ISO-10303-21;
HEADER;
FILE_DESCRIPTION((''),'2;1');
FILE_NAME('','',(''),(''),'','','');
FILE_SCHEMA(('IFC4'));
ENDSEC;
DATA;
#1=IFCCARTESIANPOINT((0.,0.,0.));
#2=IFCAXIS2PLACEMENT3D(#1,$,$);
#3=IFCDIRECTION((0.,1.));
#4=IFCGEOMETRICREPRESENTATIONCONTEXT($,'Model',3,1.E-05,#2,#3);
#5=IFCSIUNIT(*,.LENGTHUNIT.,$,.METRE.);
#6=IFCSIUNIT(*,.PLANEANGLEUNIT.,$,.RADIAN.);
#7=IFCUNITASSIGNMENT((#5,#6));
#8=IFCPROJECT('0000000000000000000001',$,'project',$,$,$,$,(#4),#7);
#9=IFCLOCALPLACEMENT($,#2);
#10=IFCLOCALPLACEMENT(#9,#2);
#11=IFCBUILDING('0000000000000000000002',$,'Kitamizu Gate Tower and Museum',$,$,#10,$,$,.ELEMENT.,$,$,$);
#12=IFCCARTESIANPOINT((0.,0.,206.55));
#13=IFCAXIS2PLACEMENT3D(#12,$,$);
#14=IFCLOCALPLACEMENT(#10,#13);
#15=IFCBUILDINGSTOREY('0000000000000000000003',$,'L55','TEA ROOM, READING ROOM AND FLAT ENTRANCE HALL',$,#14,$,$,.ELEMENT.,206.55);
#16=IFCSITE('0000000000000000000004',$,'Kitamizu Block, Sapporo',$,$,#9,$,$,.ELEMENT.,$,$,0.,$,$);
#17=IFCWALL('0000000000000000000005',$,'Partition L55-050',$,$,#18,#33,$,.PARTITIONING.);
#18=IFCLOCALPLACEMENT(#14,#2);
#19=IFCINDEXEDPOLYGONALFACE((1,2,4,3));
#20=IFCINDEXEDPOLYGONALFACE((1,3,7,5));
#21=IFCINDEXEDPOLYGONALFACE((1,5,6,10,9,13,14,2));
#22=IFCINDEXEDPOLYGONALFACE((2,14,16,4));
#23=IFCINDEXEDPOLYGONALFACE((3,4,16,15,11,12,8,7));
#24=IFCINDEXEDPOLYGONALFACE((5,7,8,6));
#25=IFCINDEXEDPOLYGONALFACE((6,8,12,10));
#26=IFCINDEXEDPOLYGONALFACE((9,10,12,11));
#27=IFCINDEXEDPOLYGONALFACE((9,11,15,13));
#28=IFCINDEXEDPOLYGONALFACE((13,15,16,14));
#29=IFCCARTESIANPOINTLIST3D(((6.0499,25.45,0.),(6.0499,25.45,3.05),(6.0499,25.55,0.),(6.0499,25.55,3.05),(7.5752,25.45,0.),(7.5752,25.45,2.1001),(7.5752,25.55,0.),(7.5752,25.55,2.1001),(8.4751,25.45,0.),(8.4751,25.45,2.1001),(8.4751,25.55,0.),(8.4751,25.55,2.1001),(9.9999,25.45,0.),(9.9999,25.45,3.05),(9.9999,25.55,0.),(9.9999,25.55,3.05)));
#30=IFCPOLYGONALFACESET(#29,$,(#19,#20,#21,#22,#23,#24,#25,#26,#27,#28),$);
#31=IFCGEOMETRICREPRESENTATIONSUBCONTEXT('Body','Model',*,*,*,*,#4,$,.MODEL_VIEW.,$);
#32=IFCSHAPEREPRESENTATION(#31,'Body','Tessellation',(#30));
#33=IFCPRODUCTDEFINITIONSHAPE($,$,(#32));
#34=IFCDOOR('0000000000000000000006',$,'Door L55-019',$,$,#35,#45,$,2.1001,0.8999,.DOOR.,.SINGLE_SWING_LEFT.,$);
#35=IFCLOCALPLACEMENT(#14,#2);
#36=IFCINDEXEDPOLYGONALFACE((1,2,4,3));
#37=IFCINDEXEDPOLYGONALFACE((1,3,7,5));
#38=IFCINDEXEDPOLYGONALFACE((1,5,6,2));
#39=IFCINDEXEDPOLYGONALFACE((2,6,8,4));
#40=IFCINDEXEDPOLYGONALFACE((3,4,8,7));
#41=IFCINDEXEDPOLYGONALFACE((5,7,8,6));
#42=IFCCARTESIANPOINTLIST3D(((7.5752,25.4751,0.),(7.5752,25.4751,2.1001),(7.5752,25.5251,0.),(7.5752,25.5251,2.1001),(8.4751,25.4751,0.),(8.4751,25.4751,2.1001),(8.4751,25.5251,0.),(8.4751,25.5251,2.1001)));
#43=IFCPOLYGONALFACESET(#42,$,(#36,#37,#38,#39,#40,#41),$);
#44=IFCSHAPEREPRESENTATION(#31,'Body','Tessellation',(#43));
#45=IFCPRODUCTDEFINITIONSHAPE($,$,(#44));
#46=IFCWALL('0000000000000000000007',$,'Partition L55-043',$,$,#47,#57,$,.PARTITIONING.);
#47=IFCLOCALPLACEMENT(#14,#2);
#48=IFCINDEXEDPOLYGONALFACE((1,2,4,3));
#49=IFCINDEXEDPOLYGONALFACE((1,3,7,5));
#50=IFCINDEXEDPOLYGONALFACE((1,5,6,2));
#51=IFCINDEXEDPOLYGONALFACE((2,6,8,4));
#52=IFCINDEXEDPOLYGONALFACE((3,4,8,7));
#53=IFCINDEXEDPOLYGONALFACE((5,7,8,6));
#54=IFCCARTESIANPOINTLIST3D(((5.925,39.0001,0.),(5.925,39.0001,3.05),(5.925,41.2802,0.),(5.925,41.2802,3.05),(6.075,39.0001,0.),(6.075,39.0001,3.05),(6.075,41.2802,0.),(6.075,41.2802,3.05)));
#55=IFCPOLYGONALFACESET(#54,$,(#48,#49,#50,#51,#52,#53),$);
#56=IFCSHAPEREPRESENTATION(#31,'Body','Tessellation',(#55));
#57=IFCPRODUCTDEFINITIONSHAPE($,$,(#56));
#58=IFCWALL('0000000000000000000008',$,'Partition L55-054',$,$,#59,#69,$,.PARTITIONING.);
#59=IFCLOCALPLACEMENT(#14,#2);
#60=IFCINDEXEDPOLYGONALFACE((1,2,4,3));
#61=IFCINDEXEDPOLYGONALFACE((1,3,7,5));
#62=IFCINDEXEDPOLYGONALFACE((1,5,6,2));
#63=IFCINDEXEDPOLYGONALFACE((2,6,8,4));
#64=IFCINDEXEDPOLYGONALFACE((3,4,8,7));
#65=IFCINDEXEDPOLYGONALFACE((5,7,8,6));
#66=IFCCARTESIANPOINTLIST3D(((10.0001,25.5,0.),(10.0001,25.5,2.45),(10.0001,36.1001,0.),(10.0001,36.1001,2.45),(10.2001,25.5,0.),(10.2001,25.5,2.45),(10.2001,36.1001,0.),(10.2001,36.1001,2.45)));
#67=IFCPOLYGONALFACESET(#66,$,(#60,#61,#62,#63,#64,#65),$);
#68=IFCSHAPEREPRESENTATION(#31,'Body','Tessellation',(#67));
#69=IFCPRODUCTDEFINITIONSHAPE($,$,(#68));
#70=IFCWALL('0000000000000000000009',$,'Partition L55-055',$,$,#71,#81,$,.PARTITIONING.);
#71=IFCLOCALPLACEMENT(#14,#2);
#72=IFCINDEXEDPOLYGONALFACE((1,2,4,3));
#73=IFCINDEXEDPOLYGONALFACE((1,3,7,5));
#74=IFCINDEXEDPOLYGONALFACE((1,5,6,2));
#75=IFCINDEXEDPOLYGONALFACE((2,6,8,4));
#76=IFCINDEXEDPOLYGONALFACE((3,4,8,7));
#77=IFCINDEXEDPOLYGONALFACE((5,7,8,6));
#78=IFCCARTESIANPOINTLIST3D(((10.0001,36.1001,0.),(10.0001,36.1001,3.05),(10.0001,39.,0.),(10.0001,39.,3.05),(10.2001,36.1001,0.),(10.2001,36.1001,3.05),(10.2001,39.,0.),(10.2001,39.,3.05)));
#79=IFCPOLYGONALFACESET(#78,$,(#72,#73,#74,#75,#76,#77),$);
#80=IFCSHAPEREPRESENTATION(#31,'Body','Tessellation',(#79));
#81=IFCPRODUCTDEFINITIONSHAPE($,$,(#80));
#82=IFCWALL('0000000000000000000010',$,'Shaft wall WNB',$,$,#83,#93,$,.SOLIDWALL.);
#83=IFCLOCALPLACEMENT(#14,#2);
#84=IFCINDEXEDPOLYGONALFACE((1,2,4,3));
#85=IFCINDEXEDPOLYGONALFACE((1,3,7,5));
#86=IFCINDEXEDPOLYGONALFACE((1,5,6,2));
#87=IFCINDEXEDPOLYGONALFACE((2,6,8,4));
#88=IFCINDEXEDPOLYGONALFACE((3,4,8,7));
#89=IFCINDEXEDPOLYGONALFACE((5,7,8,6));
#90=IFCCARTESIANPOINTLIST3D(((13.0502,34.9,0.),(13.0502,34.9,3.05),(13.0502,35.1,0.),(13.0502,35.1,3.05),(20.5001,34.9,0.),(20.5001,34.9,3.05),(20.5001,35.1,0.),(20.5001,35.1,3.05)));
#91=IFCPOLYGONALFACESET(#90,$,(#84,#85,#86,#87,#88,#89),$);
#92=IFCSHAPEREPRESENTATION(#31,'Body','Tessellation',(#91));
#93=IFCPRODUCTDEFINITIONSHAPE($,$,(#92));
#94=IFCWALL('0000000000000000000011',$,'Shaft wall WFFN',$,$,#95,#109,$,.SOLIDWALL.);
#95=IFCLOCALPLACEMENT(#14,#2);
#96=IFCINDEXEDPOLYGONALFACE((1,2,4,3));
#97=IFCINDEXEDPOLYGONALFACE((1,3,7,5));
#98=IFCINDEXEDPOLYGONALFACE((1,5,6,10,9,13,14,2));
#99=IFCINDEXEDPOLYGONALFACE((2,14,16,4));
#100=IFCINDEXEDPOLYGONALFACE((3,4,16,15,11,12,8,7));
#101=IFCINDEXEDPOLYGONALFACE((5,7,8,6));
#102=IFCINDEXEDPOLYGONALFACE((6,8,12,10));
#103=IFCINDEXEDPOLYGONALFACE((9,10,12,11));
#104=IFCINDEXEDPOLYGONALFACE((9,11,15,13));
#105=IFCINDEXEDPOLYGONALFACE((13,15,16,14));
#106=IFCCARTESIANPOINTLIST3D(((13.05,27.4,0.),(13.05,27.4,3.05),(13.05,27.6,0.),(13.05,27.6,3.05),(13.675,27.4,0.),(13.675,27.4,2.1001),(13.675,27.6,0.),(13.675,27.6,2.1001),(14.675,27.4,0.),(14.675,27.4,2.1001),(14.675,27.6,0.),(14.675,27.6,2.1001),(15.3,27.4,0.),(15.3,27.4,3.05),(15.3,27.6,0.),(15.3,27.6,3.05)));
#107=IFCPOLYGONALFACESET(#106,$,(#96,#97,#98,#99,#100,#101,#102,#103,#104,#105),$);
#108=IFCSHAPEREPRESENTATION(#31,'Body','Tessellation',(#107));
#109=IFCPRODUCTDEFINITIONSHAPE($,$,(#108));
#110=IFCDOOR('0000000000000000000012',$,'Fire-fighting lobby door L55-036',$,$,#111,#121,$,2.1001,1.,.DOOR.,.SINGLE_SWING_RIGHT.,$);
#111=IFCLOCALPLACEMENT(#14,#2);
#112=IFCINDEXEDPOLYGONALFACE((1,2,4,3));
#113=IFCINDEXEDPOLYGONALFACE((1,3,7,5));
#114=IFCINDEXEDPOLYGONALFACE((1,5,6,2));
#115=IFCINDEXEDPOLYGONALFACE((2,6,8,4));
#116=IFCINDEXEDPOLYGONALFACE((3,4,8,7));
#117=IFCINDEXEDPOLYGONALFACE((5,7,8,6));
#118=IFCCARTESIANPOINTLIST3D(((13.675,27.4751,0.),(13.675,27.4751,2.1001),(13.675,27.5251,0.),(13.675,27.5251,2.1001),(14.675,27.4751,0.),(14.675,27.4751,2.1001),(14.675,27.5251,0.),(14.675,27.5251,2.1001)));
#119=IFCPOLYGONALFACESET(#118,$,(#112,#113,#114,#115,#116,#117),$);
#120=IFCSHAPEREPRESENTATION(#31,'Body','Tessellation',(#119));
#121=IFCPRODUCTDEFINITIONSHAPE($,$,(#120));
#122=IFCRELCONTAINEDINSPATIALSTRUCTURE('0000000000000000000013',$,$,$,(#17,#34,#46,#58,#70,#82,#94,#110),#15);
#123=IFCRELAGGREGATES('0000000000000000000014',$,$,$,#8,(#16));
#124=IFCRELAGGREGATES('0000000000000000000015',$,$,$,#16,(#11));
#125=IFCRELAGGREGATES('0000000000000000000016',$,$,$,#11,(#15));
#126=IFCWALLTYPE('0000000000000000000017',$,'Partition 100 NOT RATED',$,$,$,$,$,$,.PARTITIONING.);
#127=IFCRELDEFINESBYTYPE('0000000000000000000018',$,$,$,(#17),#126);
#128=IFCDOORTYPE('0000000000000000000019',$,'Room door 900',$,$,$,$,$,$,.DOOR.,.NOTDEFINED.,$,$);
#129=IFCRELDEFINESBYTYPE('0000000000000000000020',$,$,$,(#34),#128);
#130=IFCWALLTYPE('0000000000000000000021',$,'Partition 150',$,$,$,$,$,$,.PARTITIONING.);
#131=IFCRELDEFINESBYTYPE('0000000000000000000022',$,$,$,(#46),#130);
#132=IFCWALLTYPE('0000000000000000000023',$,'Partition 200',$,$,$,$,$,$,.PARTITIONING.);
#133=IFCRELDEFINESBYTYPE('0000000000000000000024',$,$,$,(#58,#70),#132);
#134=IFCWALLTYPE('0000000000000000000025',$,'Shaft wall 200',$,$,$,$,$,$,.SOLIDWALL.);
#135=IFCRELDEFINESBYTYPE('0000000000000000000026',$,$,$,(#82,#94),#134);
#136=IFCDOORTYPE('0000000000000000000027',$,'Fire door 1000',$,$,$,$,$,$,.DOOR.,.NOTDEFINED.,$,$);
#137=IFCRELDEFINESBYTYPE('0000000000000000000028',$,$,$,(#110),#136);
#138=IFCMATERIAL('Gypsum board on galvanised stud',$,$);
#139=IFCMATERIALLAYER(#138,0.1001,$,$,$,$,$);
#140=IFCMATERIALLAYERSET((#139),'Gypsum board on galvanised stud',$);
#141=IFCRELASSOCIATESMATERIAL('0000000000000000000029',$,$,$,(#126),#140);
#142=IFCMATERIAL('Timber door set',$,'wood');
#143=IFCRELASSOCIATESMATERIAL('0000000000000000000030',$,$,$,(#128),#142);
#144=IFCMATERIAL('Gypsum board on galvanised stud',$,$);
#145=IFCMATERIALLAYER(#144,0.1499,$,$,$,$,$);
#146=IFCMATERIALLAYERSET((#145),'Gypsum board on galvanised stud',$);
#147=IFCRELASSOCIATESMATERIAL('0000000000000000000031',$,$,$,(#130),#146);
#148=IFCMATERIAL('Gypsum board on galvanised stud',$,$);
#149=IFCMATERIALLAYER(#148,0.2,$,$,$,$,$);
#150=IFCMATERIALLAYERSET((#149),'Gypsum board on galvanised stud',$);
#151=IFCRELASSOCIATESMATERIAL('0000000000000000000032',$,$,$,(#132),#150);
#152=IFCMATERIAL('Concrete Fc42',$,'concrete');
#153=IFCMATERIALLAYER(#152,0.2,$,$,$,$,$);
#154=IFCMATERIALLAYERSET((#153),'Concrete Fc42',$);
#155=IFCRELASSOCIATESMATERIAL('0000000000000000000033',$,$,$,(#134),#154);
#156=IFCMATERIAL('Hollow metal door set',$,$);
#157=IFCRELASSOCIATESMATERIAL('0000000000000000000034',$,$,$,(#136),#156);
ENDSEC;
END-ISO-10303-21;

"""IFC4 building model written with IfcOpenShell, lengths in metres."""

from ifc_helpers import new_model, si_unit, direction, frame, frame_2d, origin, place, context, subcontext, project, spatial, rectangle, extrude, material, layer, layer_set, type_object, element, fill, save


model = new_model("IFC4")

# Units and contexts
model_context = context("Model", 3, precision=1e-05, world=origin(), true_north=direction((0.0, 1.0)))
body_context = subcontext(model_context, "Body", "Model", "MODEL_VIEW")
ifc_project = project(units=[si_unit("LENGTHUNIT", "METRE"), si_unit("PLANEANGLEUNIT", "RADIAN")], contexts=[model_context])

# Site, building, storey
site_placement = place(None, origin())
site = spatial("IfcSite", under=ifc_project, at=site_placement, Name="Kitamizu Block, Sapporo", CompositionType="ELEMENT", RefElevation=0.0)
building_placement = place(site_placement, origin())
building = spatial("IfcBuilding", under=site, at=building_placement, Name="Kitamizu Gate Tower and Museum", CompositionType="ELEMENT")
storey_placement = place(building_placement, frame((0.0, 0.0, 206.55)))
storey = spatial("IfcBuildingStorey", under=building, at=storey_placement, Name="L55", Description="TEA ROOM, READING ROOM AND FLAT ENTRANCE HALL", CompositionType="ELEMENT", Elevation=206.55)

# Shared definitions
ifc_material_1 = material(Name="Gypsum board on galvanised stud")
ifc_layer_1 = layer(ifc_material_1, 0.1001)
ifc_layer_set_1 = layer_set([ifc_layer_1], Name="Gypsum board on galvanised stud")
wall_type_1 = type_object("IfcWallType", Name="Partition 100 NOT RATED", PredefinedType="PARTITIONING", material=ifc_layer_set_1)
ifc_material_2 = material(Name="Timber door set", Category="wood")
door_type_1 = type_object("IfcDoorType", Name="Room door 900", OperationType="NOTDEFINED", PredefinedType="DOOR", material=ifc_material_2)

# Wall, opening, door
wall_1_placement = place(storey_placement, frame((10.0, 25.5, 0.0), z_axis=(0.0, 0.0, 1.0), x_axis=(-1.0, 0.0, 0.0)))
wall_1 = element("IfcWall", 1, at=wall_1_placement, inside=storey, type_object=wall_type_1, Name="Partition L55-050", PredefinedType="PARTITIONING", context=body_context, shape_type="SweptSolid", body=[
    extrude(rectangle(XDim=3.95, YDim=0.1001, at=frame_2d((1.9751, 0.0))), origin(), (0.0, 0.0, 1.0), 3.05),
])
opening_1_placement = place(wall_1_placement, frame((1.5249, 0.0, 0.0)))
opening_1 = element("IfcOpeningElement", 2, at=opening_1_placement, cuts=wall_1, PredefinedType="OPENING", context=body_context, shape_type="SweptSolid", body=[
    extrude(rectangle(XDim=0.8999, YDim=2.1001, at=frame_2d((0.45, 1.05))), frame((0.0, 0.0601, 0.0), z_axis=(0.0, -1.0, 0.0), x_axis=(1.0, 0.0, 0.0)), (0.0, 0.0, 1.0), 0.1201),
])
door_1_placement = place(opening_1_placement, origin())
door_1 = element("IfcDoor", 3, at=door_1_placement, inside=storey, type_object=door_type_1, Name="Door L55-019", OperationType="SINGLE_SWING_LEFT", OverallHeight=2.1001, OverallWidth=0.8999, PredefinedType="DOOR", context=body_context, shape_type="SweptSolid", body=[
    extrude(rectangle(XDim=0.8999, YDim=2.1001, at=frame_2d((0.45, 1.05))), frame((0.0, 0.0249, 0.0), z_axis=(0.0, -1.0, 0.0), x_axis=(1.0, 0.0, 0.0)), (0.0, 0.0, 1.0), 0.05),
])
fill(opening_1, door_1)

# Walls
ifc_material_3 = material(Name="Gypsum board on galvanised stud")
ifc_layer_2 = layer(ifc_material_3, 0.1499)
ifc_layer_set_2 = layer_set([ifc_layer_2], Name="Gypsum board on galvanised stud")
wall_type_2 = type_object("IfcWallType", Name="Partition 150", PredefinedType="PARTITIONING", material=ifc_layer_set_2)
wall_2_placement = place(storey_placement, frame((6.0, 39.0, 0.0), z_axis=(0.0, 0.0, 1.0), x_axis=(0.0, 1.0, 0.0)))
element("IfcWall", 4, at=wall_2_placement, inside=storey, type_object=wall_type_2, Name="Partition L55-043", PredefinedType="PARTITIONING", context=body_context, shape_type="SweptSolid", body=[
    extrude(rectangle(XDim=2.28, YDim=0.1499, at=frame_2d((1.1401, 0.0))), origin(), (0.0, 0.0, 1.0), 3.05),
])
ifc_material_4 = material(Name="Gypsum board on galvanised stud")
ifc_layer_3 = layer(ifc_material_4, 0.2)
ifc_layer_set_3 = layer_set([ifc_layer_3], Name="Gypsum board on galvanised stud")
wall_type_3 = type_object("IfcWallType", Name="Partition 200", PredefinedType="PARTITIONING", material=ifc_layer_set_3)
wall_3_placement = place(storey_placement, frame((10.1001, 25.5, 0.0), z_axis=(0.0, 0.0, 1.0), x_axis=(0.0, 1.0, 0.0)))
element("IfcWall", 5, at=wall_3_placement, inside=storey, type_object=wall_type_3, Name="Partition L55-054", PredefinedType="PARTITIONING", context=body_context, shape_type="SweptSolid", body=[
    extrude(rectangle(XDim=10.6001, YDim=0.2, at=frame_2d((5.3, 0.0))), origin(), (0.0, 0.0, 1.0), 2.45),
])
wall_4_placement = place(storey_placement, frame((10.1001, 36.1001, 0.0), z_axis=(0.0, 0.0, 1.0), x_axis=(0.0, 1.0, 0.0)))
element("IfcWall", 6, at=wall_4_placement, inside=storey, type_object=wall_type_3, Name="Partition L55-055", PredefinedType="PARTITIONING", context=body_context, shape_type="SweptSolid", body=[
    extrude(rectangle(XDim=2.8999, YDim=0.2, at=frame_2d((1.45, 0.0))), origin(), (0.0, 0.0, 1.0), 3.05),
])
ifc_material_5 = material(Name="Concrete Fc42", Category="concrete")
ifc_layer_4 = layer(ifc_material_5, 0.2)
ifc_layer_set_4 = layer_set([ifc_layer_4], Name="Concrete Fc42")
wall_type_4 = type_object("IfcWallType", Name="Shaft wall 200", PredefinedType="SOLIDWALL", material=ifc_layer_set_4)
wall_5_placement = place(storey_placement, frame((13.05, 35.0, 0.0), z_axis=(0.0, 0.0, 1.0), x_axis=(1.0, 0.0, 0.0)))
element("IfcWall", 7, at=wall_5_placement, inside=storey, type_object=wall_type_4, Name="Shaft wall WNB", PredefinedType="SOLIDWALL", context=body_context, shape_type="SweptSolid", body=[
    extrude(rectangle(XDim=7.45, YDim=0.2, at=frame_2d((3.7251, 0.0))), origin(), (0.0, 0.0, 1.0), 3.05),
])

# Wall, opening, door
wall_6_placement = place(storey_placement, frame((13.05, 27.5, 0.0), z_axis=(0.0, 0.0, 1.0), x_axis=(1.0, 0.0, 0.0)))
wall_6 = element("IfcWall", 8, at=wall_6_placement, inside=storey, type_object=wall_type_4, Name="Shaft wall WFFN", PredefinedType="SOLIDWALL", context=body_context, shape_type="SweptSolid", body=[
    extrude(rectangle(XDim=2.25, YDim=0.2, at=frame_2d((1.125, 0.0))), origin(), (0.0, 0.0, 1.0), 3.05),
])
opening_2_placement = place(wall_6_placement, frame((0.625, 0.0, 0.0)))
opening_2 = element("IfcOpeningElement", 9, at=opening_2_placement, cuts=wall_6, PredefinedType="OPENING", context=body_context, shape_type="SweptSolid", body=[
    extrude(rectangle(XDim=1.0, YDim=2.1001, at=frame_2d((0.5, 1.05))), frame((0.0, 0.1099, 0.0), z_axis=(0.0, -1.0, 0.0), x_axis=(1.0, 0.0, 0.0)), (0.0, 0.0, 1.0), 0.22),
])
ifc_material_6 = material(Name="Hollow metal door set")
door_type_2 = type_object("IfcDoorType", Name="Fire door 1000", OperationType="NOTDEFINED", PredefinedType="DOOR", material=ifc_material_6)
door_2_placement = place(opening_2_placement, frame((1.0, 0.0, 0.0), x_axis=(-1.0, 0.0, 0.0)))
door_2 = element("IfcDoor", 10, at=door_2_placement, inside=storey, type_object=door_type_2, Name="Fire-fighting lobby door L55-036", OperationType="SINGLE_SWING_RIGHT", OverallHeight=2.1001, OverallWidth=1.0, PredefinedType="DOOR", context=body_context, shape_type="SweptSolid", body=[
    extrude(rectangle(XDim=1.0, YDim=2.1001, at=frame_2d((0.5, 1.05))), frame((0.0, 0.0249, 0.0), z_axis=(0.0, -1.0, 0.0), x_axis=(1.0, 0.0, 0.0)), (0.0, 0.0, 1.0), 0.05),
])
fill(opening_2, door_2)

save(model, "model.ifc")
